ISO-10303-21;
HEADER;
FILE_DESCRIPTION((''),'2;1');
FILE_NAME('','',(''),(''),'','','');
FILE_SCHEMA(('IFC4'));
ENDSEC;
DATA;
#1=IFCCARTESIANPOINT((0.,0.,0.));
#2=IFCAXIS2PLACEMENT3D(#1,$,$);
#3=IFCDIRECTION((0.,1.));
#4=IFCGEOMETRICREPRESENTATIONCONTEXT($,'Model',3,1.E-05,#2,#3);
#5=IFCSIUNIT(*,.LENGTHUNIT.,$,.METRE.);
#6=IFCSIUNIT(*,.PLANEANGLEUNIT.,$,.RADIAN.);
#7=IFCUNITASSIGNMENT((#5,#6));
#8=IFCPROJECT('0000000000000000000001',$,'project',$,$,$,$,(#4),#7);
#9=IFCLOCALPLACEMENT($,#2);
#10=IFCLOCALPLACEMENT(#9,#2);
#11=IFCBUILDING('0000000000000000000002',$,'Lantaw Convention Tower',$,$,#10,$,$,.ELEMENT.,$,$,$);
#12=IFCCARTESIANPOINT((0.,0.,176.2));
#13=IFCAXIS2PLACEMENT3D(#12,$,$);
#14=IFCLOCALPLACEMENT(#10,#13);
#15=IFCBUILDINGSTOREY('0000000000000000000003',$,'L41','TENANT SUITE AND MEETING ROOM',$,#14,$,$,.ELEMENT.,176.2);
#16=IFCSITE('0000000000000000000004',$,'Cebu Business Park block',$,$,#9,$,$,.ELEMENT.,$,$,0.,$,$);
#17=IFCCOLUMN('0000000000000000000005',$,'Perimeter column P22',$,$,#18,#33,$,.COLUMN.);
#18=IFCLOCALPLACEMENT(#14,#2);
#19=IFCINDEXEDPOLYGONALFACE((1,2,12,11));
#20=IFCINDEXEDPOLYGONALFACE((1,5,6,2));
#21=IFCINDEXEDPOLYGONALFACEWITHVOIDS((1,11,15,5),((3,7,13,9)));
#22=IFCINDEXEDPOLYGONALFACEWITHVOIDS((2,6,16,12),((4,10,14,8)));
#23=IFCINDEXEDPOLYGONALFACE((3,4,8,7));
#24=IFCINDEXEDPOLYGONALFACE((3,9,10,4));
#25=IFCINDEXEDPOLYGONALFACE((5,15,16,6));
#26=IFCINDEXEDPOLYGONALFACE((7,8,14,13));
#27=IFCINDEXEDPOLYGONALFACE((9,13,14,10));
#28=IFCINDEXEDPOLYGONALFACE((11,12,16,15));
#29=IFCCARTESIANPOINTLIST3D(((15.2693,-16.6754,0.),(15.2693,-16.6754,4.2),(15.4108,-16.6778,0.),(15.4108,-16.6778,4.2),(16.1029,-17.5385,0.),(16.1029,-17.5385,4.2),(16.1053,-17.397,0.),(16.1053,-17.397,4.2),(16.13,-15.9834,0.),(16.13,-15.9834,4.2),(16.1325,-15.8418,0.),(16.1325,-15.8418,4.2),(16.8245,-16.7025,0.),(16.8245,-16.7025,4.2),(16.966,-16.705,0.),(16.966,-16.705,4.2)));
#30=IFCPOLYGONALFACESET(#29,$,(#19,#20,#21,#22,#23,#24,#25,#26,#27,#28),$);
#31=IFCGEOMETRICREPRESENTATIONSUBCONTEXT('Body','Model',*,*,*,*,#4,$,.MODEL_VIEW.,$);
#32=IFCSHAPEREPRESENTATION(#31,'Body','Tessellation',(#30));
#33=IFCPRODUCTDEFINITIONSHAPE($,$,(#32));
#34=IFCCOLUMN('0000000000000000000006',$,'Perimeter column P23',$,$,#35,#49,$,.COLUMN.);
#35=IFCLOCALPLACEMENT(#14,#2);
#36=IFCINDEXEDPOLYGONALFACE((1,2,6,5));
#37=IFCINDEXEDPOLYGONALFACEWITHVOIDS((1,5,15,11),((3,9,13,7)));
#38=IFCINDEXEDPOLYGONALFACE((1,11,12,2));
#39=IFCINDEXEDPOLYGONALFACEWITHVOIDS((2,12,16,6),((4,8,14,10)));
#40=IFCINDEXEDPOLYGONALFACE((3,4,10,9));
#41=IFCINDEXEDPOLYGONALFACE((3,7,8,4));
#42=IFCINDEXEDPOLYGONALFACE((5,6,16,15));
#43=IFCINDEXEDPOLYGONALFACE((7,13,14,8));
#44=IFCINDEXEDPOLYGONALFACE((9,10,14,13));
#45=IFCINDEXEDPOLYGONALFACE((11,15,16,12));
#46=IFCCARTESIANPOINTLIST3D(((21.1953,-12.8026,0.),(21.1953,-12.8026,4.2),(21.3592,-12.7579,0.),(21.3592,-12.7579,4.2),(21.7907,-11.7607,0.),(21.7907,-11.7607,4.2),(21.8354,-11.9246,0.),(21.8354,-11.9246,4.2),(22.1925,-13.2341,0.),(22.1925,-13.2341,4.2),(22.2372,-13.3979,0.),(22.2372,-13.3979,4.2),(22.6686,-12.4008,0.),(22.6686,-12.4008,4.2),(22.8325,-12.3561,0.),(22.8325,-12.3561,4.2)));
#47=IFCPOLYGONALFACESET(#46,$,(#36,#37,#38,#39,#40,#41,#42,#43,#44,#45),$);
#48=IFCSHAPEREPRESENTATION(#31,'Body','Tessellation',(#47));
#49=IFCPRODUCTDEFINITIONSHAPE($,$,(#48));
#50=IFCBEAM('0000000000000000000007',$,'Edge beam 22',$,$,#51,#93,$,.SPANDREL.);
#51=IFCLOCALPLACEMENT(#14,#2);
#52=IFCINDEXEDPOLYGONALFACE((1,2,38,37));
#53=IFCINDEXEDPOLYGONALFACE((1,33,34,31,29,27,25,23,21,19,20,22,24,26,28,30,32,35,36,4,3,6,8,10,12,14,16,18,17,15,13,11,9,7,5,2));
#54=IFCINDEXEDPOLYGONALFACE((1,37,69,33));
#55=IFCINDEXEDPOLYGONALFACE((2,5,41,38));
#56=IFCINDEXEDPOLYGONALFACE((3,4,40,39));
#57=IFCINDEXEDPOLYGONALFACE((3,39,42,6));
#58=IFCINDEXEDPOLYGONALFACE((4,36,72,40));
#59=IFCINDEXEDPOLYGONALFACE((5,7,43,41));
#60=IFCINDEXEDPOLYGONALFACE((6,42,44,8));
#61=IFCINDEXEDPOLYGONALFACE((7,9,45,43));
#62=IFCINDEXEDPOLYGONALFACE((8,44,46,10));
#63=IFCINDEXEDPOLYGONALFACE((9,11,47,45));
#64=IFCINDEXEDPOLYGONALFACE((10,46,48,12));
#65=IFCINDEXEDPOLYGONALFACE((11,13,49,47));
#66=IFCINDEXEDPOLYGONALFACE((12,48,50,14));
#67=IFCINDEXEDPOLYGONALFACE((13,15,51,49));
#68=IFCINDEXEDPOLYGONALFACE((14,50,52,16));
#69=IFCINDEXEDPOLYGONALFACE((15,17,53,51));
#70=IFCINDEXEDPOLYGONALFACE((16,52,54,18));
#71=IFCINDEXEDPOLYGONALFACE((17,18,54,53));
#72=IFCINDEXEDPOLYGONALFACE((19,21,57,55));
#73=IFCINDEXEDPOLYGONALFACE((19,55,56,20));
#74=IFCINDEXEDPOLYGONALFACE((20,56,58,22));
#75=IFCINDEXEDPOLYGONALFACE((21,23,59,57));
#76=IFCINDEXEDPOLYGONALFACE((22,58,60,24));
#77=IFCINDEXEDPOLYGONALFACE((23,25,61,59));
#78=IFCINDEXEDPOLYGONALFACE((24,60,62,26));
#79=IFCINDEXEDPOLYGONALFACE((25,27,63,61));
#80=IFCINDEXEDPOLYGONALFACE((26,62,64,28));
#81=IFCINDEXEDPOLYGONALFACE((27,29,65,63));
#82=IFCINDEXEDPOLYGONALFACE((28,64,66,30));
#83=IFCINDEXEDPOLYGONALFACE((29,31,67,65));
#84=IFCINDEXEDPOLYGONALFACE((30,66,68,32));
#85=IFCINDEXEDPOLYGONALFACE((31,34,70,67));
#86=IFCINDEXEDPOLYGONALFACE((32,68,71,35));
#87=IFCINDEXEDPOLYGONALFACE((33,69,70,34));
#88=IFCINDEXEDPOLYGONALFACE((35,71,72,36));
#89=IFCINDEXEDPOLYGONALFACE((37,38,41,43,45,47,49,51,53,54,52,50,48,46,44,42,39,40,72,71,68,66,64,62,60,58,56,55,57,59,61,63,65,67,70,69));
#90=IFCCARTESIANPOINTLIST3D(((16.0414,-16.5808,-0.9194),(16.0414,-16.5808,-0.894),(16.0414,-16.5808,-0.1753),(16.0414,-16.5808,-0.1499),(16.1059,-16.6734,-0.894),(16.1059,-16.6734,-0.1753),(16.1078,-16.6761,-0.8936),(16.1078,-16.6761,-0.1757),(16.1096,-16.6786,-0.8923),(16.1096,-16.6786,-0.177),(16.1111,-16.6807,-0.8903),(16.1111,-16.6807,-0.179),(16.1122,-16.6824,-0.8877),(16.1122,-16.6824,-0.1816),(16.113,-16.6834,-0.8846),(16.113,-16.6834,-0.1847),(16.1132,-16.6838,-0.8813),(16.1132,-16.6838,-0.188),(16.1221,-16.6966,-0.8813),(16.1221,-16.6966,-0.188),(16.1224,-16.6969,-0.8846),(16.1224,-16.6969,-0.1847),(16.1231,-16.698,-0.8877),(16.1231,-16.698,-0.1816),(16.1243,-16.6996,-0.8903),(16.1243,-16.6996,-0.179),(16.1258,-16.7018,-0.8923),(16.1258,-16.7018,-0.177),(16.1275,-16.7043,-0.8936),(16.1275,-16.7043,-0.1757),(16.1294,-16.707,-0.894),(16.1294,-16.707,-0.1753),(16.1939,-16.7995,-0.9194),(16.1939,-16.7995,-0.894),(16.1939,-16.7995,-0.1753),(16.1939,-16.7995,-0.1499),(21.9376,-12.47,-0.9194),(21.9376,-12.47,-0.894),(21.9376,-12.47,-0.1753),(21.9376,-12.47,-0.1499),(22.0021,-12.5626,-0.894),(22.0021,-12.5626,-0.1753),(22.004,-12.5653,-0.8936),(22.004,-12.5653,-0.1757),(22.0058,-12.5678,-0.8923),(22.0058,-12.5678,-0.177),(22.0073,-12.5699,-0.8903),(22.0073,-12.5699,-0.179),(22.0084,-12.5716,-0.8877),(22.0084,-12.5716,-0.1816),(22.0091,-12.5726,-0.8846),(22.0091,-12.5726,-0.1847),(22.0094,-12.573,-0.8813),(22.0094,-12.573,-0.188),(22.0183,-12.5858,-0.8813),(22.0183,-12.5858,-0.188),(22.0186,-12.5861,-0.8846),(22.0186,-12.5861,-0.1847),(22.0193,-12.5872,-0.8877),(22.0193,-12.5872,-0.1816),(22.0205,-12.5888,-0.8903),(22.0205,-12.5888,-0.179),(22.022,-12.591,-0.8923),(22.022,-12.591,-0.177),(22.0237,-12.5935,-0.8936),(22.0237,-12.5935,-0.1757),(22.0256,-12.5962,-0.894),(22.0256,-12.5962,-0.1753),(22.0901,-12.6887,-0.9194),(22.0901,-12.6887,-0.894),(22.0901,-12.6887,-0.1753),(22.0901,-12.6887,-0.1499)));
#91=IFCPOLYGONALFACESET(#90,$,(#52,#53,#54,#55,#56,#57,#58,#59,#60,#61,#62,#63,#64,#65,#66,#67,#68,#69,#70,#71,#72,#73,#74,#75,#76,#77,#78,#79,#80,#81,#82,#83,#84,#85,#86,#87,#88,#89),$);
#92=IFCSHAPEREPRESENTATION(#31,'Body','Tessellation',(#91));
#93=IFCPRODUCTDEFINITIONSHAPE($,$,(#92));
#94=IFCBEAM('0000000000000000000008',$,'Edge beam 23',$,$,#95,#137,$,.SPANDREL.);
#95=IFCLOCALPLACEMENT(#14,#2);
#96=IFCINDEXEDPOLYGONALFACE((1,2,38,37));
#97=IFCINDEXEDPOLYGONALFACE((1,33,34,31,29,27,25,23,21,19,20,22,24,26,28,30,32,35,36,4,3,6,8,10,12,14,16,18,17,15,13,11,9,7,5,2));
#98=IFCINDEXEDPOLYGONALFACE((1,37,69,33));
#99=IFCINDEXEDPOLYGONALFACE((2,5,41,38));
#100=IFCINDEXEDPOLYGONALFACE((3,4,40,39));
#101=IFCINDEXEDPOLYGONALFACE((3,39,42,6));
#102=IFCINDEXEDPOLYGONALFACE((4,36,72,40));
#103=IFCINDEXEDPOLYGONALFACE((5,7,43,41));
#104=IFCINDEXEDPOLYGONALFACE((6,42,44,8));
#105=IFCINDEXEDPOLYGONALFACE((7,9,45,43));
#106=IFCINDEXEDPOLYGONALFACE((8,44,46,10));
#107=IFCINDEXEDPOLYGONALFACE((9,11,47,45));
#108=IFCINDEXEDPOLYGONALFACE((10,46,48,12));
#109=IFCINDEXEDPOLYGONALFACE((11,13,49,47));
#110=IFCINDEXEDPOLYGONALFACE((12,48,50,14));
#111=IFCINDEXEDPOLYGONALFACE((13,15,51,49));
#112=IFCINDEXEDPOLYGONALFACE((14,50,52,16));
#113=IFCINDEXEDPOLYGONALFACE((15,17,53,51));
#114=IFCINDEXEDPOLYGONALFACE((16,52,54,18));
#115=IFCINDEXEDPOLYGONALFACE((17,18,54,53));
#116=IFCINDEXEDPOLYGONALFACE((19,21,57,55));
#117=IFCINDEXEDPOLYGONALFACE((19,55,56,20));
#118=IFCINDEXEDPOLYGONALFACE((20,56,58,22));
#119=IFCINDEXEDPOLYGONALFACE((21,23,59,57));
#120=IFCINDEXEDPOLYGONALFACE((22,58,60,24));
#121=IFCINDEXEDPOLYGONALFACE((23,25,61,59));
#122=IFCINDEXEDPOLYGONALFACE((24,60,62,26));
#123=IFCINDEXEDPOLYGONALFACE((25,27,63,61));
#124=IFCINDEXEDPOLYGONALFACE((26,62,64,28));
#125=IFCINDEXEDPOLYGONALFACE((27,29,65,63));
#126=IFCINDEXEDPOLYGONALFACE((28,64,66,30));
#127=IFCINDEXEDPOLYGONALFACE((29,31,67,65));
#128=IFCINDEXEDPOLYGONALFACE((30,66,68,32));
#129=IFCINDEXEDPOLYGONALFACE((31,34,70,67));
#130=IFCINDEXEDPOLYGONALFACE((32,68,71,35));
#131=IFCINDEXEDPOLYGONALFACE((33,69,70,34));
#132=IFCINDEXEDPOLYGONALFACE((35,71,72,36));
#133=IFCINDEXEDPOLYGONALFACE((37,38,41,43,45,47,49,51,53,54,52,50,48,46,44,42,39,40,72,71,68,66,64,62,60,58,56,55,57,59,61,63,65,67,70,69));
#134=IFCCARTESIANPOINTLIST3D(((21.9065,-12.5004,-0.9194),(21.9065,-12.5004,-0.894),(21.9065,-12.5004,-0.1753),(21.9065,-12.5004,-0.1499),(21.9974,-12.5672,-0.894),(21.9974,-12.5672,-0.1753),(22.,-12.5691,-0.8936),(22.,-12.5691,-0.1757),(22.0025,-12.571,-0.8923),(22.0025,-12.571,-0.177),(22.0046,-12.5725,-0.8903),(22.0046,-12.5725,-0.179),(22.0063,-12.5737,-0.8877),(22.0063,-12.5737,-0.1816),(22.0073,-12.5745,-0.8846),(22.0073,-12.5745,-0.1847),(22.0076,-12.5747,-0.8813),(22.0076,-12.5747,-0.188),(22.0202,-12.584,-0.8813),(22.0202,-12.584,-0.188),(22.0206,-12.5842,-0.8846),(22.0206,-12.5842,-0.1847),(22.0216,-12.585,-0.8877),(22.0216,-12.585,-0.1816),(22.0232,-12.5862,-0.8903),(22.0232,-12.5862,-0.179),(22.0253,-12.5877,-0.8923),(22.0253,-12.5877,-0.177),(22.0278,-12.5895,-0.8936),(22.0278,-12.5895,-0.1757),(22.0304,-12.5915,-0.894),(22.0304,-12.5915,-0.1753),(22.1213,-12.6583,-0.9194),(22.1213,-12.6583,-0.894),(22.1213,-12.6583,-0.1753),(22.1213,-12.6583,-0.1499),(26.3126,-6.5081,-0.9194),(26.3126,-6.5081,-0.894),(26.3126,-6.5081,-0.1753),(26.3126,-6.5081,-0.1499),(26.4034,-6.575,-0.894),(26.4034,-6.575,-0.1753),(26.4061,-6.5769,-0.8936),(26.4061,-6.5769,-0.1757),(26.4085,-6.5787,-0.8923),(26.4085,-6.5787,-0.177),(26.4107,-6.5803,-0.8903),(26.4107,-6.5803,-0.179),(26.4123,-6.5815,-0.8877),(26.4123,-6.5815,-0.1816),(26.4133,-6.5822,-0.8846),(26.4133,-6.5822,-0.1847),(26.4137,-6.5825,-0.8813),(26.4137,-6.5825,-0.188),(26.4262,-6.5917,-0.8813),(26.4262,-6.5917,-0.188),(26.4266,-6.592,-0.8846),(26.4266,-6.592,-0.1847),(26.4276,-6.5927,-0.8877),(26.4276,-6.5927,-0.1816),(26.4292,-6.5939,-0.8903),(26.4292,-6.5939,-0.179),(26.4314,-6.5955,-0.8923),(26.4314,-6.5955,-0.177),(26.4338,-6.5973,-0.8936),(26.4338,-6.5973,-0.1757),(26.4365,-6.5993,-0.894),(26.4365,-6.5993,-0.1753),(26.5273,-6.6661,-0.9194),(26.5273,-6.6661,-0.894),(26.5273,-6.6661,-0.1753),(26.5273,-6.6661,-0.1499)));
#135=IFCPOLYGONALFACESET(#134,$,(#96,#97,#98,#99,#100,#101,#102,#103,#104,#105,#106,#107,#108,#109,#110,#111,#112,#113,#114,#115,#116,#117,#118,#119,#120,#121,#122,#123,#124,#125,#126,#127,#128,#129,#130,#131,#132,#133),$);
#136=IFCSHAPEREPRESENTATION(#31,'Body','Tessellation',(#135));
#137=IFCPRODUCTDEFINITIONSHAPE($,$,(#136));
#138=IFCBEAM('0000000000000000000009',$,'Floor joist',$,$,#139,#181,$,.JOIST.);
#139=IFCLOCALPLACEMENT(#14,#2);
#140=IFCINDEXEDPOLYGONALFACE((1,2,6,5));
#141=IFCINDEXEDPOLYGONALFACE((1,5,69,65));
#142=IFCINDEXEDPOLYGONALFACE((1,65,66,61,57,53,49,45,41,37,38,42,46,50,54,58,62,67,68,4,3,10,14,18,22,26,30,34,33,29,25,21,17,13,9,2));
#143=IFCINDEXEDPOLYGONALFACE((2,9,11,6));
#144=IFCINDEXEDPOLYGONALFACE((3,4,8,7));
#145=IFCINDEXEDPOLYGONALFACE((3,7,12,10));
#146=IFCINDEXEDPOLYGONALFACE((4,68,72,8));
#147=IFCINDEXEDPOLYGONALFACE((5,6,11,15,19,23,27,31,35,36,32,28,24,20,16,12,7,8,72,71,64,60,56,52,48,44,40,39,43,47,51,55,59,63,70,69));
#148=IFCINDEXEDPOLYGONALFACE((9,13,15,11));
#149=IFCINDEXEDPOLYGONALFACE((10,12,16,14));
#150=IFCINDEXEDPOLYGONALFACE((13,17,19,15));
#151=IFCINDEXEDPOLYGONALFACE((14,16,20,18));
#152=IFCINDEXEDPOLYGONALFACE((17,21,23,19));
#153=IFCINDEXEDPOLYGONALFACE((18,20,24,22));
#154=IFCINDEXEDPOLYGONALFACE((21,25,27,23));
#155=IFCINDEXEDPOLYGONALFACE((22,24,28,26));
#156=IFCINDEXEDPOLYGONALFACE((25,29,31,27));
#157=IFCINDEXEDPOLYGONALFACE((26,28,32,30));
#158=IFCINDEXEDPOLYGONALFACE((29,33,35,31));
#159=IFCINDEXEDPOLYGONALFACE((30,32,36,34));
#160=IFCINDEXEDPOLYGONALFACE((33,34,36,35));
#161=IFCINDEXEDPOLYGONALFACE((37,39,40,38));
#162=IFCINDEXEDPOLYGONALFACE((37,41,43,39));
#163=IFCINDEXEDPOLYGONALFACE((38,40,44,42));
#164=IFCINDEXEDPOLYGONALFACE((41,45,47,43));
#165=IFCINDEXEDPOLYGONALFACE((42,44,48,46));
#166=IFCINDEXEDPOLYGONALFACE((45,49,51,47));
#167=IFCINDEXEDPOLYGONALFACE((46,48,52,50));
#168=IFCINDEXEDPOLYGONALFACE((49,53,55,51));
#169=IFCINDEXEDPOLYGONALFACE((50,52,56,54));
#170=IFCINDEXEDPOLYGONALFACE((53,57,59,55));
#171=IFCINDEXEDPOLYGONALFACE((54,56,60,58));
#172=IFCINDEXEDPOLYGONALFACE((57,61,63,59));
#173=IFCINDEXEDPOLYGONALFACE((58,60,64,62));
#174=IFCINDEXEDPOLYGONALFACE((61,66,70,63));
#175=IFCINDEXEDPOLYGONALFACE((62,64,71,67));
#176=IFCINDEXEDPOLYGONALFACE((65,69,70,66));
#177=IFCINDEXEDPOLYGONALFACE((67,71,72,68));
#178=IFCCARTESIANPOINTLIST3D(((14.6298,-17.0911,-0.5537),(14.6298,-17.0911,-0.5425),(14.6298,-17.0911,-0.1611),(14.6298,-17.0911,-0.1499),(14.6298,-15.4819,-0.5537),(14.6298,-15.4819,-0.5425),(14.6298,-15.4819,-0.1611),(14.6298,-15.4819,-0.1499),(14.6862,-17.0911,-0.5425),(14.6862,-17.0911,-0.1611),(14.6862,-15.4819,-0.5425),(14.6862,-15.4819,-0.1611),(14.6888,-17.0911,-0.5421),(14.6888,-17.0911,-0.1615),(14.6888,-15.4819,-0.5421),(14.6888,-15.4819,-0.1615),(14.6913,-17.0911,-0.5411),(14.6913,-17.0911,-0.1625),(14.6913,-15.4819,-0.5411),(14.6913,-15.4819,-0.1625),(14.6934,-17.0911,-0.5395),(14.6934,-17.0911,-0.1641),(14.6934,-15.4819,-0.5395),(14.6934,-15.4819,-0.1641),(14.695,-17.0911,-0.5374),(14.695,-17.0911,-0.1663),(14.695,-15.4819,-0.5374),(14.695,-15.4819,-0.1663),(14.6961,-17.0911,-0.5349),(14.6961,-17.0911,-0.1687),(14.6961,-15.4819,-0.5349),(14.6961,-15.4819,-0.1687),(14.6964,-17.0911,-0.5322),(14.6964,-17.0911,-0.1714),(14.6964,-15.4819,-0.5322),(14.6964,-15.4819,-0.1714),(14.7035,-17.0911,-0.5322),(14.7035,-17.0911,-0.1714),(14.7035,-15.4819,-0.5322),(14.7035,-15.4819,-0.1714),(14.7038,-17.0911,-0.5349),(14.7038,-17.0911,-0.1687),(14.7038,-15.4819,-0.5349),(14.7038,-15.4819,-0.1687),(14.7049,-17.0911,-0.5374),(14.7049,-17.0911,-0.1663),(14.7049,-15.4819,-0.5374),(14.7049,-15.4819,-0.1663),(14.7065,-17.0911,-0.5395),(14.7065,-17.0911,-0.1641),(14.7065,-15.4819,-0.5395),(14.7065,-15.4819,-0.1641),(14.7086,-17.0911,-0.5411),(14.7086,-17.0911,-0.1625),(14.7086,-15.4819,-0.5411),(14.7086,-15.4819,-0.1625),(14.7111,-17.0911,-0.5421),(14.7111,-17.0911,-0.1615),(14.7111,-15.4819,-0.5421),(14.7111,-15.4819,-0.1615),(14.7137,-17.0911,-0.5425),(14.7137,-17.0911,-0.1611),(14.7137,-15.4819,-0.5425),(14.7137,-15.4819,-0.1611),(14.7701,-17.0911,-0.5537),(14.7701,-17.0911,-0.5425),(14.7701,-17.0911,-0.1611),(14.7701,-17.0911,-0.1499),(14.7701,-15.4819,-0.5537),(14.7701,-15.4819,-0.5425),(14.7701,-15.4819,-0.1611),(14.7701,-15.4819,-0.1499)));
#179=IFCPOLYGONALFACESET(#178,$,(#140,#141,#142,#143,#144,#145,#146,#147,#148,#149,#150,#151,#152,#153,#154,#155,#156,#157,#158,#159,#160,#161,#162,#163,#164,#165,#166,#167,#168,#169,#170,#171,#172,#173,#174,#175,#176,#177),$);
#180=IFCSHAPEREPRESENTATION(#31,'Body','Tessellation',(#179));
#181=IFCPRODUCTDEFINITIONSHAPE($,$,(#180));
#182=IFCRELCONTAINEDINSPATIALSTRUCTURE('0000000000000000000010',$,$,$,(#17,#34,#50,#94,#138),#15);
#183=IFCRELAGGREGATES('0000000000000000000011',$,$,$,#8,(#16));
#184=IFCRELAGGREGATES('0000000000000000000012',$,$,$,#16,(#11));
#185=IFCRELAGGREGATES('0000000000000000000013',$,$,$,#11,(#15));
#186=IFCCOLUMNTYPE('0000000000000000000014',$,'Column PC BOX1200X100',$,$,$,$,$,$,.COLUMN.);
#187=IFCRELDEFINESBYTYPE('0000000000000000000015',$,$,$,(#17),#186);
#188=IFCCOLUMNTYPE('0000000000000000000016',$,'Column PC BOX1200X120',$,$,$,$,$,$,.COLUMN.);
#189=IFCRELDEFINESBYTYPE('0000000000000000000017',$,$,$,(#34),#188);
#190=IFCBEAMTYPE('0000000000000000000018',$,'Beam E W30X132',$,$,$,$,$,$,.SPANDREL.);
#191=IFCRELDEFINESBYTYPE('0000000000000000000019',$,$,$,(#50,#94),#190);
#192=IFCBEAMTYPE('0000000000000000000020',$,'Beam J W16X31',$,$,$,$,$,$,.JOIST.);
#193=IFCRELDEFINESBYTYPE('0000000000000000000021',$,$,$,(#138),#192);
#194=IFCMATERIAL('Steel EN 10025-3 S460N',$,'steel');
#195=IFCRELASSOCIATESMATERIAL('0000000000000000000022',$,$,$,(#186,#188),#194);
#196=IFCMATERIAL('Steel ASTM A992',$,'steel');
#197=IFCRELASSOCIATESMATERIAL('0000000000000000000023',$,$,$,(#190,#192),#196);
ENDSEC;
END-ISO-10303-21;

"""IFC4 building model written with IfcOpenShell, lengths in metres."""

from ifc_helpers import new_model, si_unit, direction, frame, origin, origin_2d, place, context, subcontext, project, spatial, rectangle, hollow_rectangle, i_section, extrude, material, material_profile, profile_set, type_object, element, save


model = new_model("IFC4")

# Units and contexts
model_context = context("Model", 3, precision=1e-05, world=origin(), true_north=direction((0.0, 1.0)))
body_context = subcontext(model_context, "Body", "Model", "MODEL_VIEW")
ifc_project = project(units=[si_unit("LENGTHUNIT", "METRE"), si_unit("PLANEANGLEUNIT", "RADIAN")], contexts=[model_context])

# Site, building, storey
site_placement = place(None, origin())
site = spatial("IfcSite", under=ifc_project, at=site_placement, Name="Cebu Business Park block", CompositionType="ELEMENT", RefElevation=0.0)
building_placement = place(site_placement, origin())
building = spatial("IfcBuilding", under=site, at=building_placement, Name="Lantaw Convention Tower", CompositionType="ELEMENT")
storey_placement = place(building_placement, frame((0.0, 0.0, 176.2)))
storey = spatial("IfcBuildingStorey", under=building, at=storey_placement, Name="L41", Description="TENANT SUITE AND MEETING ROOM", CompositionType="ELEMENT", Elevation=176.2)

# Columns
ifc_material_1 = material(Name="Steel EN 10025-3 S460N", Category="steel")
ifc_material_profile_1 = material_profile(ifc_material_1, hollow_rectangle(XDim=1.2, YDim=1.2, WallThickness=0.1001, at=origin_2d()), Name="BOX1200X100")
ifc_material_2 = material(Name="Concrete C60/75", Category="concrete")
ifc_material_profile_2 = material_profile(ifc_material_2, rectangle(XDim=1.0, YDim=1.0, at=origin_2d()), Name="Concrete fill of BOX1200X100")
ifc_profile_set_1 = profile_set([ifc_material_profile_1, ifc_material_profile_2], Name="Steel EN 10025-3 S460N")
column_type_1 = type_object("IfcColumnType", Name="Column PC BOX1200X100", PredefinedType="COLUMN", material=ifc_profile_set_1)
column_1_placement = place(storey_placement, frame((16.1177, -16.6902, 0.0), z_axis=(0.0, 0.0, 1.0), x_axis=(0.71934, 0.694658, 0.0)))
element("IfcColumn", 1, at=column_1_placement, inside=storey, type_object=column_type_1, Name="Perimeter column P22", PredefinedType="COLUMN", context=body_context, shape_type="SweptSolid", body=[
    extrude(hollow_rectangle(XDim=1.2, YDim=1.2, WallThickness=0.1001, at=origin_2d()), origin(), (0.0, 0.0, 1.0), 4.2),
])
ifc_material_profile_3 = material_profile(ifc_material_1, hollow_rectangle(XDim=1.2, YDim=1.2, WallThickness=0.1201, at=origin_2d()), Name="BOX1200X120")
ifc_material_profile_4 = material_profile(ifc_material_2, rectangle(XDim=0.96, YDim=0.96, at=origin_2d()), Name="Concrete fill of BOX1200X120")
ifc_profile_set_2 = profile_set([ifc_material_profile_3, ifc_material_profile_4], Name="Steel EN 10025-3 S460N")
column_type_2 = type_object("IfcColumnType", Name="Column PC BOX1200X120", PredefinedType="COLUMN", material=ifc_profile_set_2)
column_2_placement = place(storey_placement, frame((22.0139, -12.5793, 0.0), z_axis=(0.0, 0.0, 1.0), x_axis=(0.496139, 0.868243, 0.0)))
element("IfcColumn", 2, at=column_2_placement, inside=storey, type_object=column_type_2, Name="Perimeter column P23", PredefinedType="COLUMN", context=body_context, shape_type="SweptSolid", body=[
    extrude(hollow_rectangle(XDim=1.2, YDim=1.2, WallThickness=0.1201, at=origin_2d()), origin(), (0.0, 0.0, 1.0), 4.2),
])

# Beams
ifc_material_3 = material(Name="Steel ASTM A992", Category="steel")
ifc_material_profile_5 = material_profile(ifc_material_3, i_section(OverallWidth=0.2666, OverallDepth=0.7695, WebThickness=0.0156, FlangeThickness=0.0254, FilletRadius=0.0127, at=origin_2d()), Name="W30X132")
ifc_profile_set_3 = profile_set([ifc_material_profile_5], Name="Steel ASTM A992")
beam_type_1 = type_object("IfcBeamType", Name="Beam E W30X132", PredefinedType="SPANDREL", material=ifc_profile_set_3)
beam_1_placement = place(storey_placement, frame((16.1177, -16.6902, -0.5347), z_axis=(0.820311, 0.571918, 0.0), x_axis=(-0.571918, 0.820311, 0.0)))
element("IfcBeam", 3, at=beam_1_placement, inside=storey, type_object=beam_type_1, Name="Edge beam 22", PredefinedType="SPANDREL", context=body_context, shape_type="SweptSolid", body=[
    extrude(i_section(OverallWidth=0.2666, OverallDepth=0.7695, WebThickness=0.0156, FlangeThickness=0.0254, FilletRadius=0.0127, at=origin_2d()), origin(), (0.0, 0.0, 1.0), 7.1877),
])
beam_2_placement = place(storey_placement, frame((22.0139, -12.5793, -0.5347), z_axis=(0.592389, 0.805652, 0.0), x_axis=(-0.805652, 0.592389, 0.0)))
element("IfcBeam", 4, at=beam_2_placement, inside=storey, type_object=beam_type_1, Name="Edge beam 23", PredefinedType="SPANDREL", context=body_context, shape_type="SweptSolid", body=[
    extrude(i_section(OverallWidth=0.2666, OverallDepth=0.7695, WebThickness=0.0156, FlangeThickness=0.0254, FilletRadius=0.0127, at=origin_2d()), origin(), (0.0, 0.0, 1.0), 7.4377),
])
ifc_material_profile_6 = material_profile(ifc_material_3, i_section(OverallWidth=0.1404, OverallDepth=0.4038, WebThickness=0.0071, FlangeThickness=0.0112, FilletRadius=0.0103, at=origin_2d()), Name="W16X31")
ifc_profile_set_4 = profile_set([ifc_material_profile_6], Name="Steel ASTM A992")
beam_type_2 = type_object("IfcBeamType", Name="Beam J W16X31", PredefinedType="JOIST", material=ifc_profile_set_4)
beam_3_placement = place(storey_placement, frame((14.7, -17.0911, -0.3518), z_axis=(0.0, 1.0, 0.0), x_axis=(-1.0, 0.0, 0.0)))
element("IfcBeam", 5, at=beam_3_placement, inside=storey, type_object=beam_type_2, Name="Floor joist", PredefinedType="JOIST", context=body_context, shape_type="SweptSolid", body=[
    extrude(i_section(OverallWidth=0.1404, OverallDepth=0.4038, WebThickness=0.0071, FlangeThickness=0.0112, FilletRadius=0.0103, at=origin_2d()), origin(), (0.0, 0.0, 1.0), 1.6091),
])

save(model, "model.ifc")
